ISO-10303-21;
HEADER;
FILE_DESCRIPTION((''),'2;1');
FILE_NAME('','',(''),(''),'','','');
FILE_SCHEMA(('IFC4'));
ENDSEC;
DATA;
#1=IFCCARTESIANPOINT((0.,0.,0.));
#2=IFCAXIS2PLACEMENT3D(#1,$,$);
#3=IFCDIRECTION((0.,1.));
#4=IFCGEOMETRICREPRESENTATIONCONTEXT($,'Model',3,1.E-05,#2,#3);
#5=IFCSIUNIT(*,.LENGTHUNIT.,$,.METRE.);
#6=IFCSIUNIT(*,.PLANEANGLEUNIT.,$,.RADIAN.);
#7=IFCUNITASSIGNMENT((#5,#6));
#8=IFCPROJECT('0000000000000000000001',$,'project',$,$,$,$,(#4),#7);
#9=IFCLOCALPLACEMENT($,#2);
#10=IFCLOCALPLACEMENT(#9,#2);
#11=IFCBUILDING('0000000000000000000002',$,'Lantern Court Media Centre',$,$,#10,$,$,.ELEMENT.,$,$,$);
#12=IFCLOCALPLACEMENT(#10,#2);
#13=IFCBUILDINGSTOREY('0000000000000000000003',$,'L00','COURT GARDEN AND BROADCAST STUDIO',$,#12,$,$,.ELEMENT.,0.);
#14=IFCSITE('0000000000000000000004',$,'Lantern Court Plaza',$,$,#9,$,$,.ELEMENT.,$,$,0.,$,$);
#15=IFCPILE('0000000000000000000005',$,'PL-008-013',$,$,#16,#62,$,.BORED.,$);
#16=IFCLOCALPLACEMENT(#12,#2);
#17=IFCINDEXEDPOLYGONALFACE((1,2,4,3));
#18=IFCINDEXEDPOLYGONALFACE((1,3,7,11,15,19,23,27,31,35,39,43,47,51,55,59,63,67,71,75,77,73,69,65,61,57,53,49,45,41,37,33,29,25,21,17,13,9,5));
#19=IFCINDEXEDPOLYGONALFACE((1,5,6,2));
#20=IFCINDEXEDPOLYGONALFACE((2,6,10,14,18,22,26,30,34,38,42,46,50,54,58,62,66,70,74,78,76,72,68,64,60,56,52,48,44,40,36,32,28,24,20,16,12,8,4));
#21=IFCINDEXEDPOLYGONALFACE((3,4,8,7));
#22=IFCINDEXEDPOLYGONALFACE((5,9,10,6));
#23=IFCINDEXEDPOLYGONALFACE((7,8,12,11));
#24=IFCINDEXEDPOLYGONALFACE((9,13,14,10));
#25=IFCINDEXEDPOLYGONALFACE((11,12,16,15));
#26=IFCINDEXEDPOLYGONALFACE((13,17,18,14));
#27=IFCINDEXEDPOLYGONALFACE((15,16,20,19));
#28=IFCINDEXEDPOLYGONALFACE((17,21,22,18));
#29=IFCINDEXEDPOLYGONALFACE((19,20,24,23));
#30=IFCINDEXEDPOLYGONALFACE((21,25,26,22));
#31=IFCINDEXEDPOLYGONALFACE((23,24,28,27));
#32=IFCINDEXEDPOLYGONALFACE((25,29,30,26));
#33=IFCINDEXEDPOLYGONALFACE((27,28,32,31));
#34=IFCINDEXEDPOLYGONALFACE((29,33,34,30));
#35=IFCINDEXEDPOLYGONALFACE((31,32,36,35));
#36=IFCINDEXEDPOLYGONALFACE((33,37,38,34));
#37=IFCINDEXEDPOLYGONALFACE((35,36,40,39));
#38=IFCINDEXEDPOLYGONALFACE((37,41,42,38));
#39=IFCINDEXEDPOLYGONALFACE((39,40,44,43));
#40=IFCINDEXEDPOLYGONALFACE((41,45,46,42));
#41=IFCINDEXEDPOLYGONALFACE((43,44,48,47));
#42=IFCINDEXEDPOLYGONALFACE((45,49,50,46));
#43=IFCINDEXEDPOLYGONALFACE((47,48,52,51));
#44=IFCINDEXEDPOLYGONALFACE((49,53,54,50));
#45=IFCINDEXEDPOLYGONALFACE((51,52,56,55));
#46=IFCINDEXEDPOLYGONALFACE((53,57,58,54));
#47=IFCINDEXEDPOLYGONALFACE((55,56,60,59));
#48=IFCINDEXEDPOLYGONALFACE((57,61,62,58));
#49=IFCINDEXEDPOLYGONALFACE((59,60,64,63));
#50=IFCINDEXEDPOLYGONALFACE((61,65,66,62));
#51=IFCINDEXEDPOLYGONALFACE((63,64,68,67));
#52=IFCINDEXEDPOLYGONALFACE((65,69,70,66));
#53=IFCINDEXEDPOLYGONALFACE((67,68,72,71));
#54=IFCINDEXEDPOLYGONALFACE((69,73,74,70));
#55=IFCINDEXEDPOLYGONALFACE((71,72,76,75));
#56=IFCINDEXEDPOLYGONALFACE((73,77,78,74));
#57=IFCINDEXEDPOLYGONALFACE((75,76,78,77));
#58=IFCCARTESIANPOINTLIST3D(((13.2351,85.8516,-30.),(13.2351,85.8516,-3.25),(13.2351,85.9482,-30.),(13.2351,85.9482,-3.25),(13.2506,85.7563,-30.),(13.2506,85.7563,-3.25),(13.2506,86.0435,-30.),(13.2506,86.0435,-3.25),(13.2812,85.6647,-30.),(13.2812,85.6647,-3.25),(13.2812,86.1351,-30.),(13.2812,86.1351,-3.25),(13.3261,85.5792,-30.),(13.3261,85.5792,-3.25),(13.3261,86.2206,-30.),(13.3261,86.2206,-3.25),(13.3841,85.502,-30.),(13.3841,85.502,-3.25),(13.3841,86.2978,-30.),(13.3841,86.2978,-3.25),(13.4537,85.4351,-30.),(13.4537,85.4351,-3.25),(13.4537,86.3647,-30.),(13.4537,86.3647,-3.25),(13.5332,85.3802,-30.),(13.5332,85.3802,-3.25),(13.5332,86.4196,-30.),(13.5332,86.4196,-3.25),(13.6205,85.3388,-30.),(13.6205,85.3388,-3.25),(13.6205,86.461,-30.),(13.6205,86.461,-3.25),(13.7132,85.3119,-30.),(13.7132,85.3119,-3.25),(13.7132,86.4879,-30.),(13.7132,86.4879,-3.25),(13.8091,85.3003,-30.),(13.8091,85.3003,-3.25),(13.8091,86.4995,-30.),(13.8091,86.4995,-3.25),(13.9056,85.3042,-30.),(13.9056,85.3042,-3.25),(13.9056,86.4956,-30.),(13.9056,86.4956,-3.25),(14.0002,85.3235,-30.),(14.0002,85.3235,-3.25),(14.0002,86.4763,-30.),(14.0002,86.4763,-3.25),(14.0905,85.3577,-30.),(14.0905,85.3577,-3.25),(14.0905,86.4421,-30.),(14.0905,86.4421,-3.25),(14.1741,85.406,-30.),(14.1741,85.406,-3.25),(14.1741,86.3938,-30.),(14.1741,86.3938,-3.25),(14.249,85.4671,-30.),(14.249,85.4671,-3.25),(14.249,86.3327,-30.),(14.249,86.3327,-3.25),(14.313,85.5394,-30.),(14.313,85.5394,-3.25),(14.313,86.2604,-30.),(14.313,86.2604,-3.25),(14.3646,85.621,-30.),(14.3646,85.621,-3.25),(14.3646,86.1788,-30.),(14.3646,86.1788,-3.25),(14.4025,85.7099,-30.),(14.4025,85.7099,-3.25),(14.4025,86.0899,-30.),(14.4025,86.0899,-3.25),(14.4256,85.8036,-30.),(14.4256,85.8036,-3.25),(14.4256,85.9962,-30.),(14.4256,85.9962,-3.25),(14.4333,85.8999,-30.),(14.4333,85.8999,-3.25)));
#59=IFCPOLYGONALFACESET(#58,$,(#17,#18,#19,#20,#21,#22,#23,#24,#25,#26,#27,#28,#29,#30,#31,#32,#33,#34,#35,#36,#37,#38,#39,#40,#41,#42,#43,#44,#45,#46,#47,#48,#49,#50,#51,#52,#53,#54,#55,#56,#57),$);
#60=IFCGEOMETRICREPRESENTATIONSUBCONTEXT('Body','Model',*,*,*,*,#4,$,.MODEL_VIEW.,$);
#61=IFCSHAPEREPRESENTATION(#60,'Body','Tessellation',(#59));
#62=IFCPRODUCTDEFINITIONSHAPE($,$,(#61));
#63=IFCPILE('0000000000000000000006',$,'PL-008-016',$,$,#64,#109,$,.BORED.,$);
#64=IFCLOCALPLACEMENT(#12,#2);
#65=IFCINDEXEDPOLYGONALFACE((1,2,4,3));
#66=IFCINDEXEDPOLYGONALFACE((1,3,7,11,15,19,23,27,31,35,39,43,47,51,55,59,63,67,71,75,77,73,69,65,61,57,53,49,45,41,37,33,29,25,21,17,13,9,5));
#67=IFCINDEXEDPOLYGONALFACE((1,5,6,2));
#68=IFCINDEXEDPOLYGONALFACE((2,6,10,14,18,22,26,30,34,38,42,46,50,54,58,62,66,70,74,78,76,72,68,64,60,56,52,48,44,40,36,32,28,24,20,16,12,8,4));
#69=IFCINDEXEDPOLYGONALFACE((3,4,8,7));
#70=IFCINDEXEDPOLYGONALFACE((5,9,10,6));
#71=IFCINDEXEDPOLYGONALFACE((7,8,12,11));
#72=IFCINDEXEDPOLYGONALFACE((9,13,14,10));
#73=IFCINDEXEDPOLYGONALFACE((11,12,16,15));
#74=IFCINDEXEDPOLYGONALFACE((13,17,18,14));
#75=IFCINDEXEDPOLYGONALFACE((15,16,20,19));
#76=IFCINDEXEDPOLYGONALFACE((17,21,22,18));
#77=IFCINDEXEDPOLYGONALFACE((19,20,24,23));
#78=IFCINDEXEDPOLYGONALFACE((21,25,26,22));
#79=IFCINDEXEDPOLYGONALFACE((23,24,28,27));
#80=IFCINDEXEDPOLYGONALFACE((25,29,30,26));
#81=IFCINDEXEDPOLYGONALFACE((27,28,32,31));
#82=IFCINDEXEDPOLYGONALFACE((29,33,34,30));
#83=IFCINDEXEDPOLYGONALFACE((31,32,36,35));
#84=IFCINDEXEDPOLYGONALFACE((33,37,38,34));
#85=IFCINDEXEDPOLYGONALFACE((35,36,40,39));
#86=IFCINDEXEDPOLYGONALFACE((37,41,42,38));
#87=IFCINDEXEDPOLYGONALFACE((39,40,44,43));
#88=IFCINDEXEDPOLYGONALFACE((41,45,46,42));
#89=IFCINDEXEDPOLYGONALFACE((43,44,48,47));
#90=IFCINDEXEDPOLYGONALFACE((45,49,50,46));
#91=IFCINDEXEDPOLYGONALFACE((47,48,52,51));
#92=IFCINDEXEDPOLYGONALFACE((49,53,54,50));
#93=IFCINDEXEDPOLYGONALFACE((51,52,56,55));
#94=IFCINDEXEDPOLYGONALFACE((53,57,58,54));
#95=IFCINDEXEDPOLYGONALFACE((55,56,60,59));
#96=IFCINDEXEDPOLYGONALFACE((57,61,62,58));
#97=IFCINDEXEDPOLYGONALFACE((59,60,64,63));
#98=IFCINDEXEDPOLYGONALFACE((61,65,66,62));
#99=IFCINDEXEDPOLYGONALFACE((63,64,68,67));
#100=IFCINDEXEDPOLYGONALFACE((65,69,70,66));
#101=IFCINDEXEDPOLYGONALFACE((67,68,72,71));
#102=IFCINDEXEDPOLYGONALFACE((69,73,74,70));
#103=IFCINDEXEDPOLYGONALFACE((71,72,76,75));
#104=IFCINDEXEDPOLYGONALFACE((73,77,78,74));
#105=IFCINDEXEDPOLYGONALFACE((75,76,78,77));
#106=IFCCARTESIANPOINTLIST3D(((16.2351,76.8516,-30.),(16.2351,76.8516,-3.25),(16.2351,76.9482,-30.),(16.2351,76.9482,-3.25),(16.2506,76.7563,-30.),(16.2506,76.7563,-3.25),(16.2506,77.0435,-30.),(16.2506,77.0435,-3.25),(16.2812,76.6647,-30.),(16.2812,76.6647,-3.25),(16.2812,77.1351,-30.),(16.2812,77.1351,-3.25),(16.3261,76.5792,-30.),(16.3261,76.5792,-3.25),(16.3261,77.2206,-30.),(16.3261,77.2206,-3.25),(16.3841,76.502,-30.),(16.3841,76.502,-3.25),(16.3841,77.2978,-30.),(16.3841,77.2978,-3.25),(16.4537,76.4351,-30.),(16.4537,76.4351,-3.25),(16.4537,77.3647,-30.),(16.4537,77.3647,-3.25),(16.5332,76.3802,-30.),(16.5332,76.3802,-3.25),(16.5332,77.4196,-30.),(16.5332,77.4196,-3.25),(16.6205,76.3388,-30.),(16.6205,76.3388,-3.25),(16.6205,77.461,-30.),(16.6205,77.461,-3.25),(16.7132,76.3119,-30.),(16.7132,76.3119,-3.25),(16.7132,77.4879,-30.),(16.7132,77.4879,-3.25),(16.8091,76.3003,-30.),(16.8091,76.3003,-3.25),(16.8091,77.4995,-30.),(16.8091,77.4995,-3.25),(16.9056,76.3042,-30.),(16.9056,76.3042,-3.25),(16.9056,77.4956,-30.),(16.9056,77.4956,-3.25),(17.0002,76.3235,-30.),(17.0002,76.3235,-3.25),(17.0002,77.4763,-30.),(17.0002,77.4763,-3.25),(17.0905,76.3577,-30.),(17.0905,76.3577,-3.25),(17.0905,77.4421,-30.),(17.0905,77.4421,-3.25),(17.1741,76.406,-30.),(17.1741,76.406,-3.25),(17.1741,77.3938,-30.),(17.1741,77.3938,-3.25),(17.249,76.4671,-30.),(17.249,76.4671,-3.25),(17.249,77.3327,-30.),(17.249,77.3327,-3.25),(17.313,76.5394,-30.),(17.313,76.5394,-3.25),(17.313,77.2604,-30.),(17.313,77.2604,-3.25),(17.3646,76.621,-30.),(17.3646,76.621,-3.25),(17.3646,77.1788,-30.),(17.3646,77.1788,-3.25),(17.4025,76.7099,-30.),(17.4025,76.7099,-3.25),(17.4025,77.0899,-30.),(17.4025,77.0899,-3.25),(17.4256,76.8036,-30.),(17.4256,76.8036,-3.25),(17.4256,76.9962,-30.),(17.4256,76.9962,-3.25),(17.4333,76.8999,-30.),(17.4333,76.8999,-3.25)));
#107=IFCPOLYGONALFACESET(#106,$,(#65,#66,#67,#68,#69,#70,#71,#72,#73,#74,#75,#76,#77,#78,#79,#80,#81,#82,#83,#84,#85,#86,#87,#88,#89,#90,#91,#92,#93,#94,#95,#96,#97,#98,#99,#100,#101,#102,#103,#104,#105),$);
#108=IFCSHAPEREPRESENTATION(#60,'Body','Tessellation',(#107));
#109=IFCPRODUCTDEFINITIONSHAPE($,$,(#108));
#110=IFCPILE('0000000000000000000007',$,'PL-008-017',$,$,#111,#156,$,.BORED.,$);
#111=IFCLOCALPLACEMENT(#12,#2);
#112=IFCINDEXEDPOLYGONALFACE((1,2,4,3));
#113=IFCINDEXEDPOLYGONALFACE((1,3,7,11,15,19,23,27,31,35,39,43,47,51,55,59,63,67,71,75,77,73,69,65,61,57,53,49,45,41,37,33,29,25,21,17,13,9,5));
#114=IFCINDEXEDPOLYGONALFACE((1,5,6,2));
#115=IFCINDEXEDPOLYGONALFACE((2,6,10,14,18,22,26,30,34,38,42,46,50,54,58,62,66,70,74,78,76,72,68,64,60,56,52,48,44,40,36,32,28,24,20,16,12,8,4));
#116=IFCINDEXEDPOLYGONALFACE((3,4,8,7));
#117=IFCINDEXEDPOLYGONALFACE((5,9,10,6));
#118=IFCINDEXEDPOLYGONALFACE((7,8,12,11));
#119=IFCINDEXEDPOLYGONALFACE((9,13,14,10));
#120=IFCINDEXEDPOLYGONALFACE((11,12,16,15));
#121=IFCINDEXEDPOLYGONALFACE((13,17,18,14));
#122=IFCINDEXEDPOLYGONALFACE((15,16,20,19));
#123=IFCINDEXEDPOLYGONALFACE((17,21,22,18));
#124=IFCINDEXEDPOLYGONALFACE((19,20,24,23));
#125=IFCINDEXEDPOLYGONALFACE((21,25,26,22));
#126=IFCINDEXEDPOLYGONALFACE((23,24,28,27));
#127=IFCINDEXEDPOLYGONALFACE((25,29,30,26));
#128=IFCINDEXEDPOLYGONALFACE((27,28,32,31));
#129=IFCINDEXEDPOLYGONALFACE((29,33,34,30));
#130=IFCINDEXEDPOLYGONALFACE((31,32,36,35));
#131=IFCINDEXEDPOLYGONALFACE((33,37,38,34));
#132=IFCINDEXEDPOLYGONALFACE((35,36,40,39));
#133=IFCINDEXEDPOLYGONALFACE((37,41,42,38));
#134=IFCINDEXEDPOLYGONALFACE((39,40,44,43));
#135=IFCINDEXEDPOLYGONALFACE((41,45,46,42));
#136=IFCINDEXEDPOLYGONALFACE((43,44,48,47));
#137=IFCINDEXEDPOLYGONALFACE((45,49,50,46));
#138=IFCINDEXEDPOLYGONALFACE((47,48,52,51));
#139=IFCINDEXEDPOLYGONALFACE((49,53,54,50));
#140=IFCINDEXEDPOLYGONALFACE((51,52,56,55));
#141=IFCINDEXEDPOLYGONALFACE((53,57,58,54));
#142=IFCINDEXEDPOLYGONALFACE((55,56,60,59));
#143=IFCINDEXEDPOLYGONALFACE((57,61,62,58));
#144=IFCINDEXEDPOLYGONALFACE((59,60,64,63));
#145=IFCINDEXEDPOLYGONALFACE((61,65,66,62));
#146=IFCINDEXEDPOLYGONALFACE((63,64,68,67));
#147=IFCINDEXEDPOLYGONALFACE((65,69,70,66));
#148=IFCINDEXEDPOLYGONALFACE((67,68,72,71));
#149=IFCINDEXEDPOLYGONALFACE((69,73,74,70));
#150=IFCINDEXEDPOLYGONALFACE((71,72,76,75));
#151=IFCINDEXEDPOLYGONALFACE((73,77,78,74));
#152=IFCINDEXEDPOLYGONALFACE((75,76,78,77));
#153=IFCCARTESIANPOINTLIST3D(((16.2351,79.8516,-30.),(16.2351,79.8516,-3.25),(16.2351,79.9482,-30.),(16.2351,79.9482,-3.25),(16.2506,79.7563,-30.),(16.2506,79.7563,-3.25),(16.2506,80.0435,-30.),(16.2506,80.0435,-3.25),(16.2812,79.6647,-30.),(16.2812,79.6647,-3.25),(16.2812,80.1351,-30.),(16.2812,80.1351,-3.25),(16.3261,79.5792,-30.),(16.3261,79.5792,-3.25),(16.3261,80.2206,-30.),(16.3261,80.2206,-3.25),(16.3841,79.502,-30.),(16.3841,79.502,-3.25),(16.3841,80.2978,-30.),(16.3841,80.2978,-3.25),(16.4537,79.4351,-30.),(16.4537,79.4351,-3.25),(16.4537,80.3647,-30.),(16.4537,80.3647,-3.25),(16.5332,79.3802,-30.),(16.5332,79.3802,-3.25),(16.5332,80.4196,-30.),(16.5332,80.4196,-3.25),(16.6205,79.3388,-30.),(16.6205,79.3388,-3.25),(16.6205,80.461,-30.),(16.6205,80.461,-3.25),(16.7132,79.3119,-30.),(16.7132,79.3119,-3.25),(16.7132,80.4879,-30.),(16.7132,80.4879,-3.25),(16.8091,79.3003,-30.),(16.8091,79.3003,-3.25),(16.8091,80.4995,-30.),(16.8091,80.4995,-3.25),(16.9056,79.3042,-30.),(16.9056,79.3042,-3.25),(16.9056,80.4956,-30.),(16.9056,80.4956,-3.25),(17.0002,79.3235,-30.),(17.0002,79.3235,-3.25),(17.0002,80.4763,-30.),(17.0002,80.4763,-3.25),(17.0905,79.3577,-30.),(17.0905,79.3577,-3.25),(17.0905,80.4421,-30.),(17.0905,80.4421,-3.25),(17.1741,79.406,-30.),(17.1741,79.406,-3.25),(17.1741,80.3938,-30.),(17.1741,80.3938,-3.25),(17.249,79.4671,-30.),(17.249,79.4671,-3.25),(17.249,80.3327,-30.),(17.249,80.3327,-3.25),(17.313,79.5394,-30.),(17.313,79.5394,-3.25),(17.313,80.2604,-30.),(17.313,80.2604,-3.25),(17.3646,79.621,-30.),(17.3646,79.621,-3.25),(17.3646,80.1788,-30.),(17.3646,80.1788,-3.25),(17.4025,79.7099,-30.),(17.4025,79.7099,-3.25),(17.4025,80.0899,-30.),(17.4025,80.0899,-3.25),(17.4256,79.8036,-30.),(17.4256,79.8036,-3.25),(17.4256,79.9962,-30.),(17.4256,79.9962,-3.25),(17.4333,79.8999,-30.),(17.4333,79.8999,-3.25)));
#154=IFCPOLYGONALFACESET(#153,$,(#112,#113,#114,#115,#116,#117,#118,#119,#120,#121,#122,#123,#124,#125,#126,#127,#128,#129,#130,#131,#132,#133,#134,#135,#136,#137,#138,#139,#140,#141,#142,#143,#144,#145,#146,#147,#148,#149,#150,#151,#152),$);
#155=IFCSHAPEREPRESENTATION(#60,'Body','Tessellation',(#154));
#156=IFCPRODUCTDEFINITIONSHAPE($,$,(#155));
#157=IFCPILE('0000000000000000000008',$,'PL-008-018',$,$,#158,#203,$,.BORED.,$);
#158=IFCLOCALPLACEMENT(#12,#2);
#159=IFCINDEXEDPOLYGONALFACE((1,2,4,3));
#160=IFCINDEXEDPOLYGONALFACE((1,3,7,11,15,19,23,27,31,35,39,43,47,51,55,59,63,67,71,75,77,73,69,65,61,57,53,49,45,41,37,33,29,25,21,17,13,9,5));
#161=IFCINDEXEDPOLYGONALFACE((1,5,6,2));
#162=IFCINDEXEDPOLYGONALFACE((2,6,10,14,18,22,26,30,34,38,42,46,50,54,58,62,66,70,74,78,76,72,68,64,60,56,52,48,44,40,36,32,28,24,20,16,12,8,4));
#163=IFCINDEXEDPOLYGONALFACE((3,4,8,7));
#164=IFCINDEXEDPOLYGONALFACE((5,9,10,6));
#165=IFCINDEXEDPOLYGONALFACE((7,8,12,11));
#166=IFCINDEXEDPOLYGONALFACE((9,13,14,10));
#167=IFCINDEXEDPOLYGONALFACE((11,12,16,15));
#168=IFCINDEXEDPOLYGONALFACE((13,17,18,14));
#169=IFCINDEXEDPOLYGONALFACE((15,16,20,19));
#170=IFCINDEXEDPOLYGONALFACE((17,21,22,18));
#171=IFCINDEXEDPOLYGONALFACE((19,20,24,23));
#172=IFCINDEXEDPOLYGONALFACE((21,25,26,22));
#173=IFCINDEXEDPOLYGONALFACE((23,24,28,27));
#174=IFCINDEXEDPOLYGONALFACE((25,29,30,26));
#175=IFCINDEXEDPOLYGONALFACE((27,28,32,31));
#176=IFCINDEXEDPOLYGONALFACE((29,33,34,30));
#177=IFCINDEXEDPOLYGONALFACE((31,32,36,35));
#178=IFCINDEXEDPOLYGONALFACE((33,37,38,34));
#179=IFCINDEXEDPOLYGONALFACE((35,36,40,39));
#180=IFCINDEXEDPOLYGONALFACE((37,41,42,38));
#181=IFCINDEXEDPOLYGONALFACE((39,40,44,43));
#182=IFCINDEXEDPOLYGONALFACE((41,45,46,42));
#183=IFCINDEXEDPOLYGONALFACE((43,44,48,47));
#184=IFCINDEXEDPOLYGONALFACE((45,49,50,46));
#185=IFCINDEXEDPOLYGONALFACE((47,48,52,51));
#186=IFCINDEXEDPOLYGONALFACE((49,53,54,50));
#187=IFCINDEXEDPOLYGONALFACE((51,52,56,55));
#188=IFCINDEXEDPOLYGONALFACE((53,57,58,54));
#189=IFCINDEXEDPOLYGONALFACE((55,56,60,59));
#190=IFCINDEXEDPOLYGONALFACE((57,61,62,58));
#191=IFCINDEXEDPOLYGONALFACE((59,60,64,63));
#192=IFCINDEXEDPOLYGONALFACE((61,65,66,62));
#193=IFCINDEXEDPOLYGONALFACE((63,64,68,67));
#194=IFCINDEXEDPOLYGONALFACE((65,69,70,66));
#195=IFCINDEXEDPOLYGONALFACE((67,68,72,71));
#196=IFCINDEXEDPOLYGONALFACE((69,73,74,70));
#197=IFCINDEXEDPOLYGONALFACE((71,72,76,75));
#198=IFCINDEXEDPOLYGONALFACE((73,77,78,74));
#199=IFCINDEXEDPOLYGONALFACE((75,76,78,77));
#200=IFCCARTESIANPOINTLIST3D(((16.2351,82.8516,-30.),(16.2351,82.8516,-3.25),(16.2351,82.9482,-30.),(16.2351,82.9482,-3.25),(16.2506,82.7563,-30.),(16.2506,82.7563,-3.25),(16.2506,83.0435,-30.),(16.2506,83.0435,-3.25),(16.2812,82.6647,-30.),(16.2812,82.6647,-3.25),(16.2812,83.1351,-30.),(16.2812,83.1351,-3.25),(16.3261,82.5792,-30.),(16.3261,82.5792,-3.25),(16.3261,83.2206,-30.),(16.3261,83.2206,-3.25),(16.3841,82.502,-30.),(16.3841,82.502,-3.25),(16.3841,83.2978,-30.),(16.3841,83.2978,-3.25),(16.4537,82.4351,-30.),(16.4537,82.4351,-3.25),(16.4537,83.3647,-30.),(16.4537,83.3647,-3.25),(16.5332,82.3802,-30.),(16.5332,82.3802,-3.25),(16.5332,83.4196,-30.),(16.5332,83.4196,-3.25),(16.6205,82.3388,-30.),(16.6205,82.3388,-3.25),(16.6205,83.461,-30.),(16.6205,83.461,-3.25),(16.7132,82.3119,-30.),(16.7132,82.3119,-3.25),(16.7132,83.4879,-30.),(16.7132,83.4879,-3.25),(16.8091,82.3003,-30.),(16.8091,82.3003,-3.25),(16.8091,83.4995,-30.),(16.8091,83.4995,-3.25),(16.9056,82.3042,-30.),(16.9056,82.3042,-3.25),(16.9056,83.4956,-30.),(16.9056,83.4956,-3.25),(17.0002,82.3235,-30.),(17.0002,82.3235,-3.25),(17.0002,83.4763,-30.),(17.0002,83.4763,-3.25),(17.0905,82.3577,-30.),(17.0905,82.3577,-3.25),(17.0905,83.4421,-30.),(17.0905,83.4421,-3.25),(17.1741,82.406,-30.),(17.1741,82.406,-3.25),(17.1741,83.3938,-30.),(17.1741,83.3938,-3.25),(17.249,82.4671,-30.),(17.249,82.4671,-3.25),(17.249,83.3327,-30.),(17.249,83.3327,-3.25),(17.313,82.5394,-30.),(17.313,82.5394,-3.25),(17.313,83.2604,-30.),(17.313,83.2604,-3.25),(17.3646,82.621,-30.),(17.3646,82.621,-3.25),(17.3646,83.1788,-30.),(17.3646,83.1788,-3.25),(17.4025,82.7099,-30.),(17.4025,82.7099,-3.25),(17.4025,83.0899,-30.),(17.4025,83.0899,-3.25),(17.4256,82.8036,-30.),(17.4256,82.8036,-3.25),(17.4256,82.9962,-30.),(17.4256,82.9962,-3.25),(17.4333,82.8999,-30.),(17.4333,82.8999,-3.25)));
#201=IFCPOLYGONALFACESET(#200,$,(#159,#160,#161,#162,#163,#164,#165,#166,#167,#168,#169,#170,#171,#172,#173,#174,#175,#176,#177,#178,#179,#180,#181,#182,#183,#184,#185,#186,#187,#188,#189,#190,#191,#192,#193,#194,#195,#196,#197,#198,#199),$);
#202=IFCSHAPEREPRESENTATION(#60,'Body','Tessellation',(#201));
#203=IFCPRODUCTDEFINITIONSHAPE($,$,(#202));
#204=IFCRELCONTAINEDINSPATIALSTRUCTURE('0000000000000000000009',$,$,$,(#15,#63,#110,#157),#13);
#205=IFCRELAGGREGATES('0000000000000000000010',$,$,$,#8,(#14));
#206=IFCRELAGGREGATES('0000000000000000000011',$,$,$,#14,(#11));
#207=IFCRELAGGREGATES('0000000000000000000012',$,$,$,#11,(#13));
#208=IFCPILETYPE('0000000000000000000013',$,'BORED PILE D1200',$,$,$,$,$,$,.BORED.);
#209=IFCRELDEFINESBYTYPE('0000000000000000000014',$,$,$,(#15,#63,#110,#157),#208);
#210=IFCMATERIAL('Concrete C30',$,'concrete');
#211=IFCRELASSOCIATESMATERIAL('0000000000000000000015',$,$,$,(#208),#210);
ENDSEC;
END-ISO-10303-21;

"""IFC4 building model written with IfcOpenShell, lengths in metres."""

from ifc_helpers import new_model, si_unit, direction, frame, origin, origin_2d, place, context, subcontext, project, spatial, circle, extrude, material, material_profile, profile_set, type_object, element, save


model = new_model("IFC4")

# Units and contexts
model_context = context("Model", 3, precision=1e-05, world=origin(), true_north=direction((0.0, 1.0)))
body_context = subcontext(model_context, "Body", "Model", "MODEL_VIEW")
ifc_project = project(units=[si_unit("LENGTHUNIT", "METRE"), si_unit("PLANEANGLEUNIT", "RADIAN")], contexts=[model_context])

# Site, building, storey
site_placement = place(None, origin())
site = spatial("IfcSite", under=ifc_project, at=site_placement, Name="Lantern Court Plaza", CompositionType="ELEMENT", RefElevation=0.0)
building_placement = place(site_placement, origin())
building = spatial("IfcBuilding", under=site, at=building_placement, Name="Lantern Court Media Centre", CompositionType="ELEMENT")
storey_placement = place(building_placement, origin())
storey = spatial("IfcBuildingStorey", under=building, at=storey_placement, Name="L00", Description="COURT GARDEN AND BROADCAST STUDIO", CompositionType="ELEMENT", Elevation=0.0)

# Piles
ifc_material_1 = material(Name="Concrete C30", Category="concrete")
ifc_material_profile_1 = material_profile(ifc_material_1, circle(Radius=0.6001, at=origin_2d()), Name="D1200")
ifc_profile_set_1 = profile_set([ifc_material_profile_1], Name="Concrete C30")
pile_type = type_object("IfcPileType", Name="BORED PILE D1200", PredefinedType="BORED", material=ifc_profile_set_1)
for number, where, z_axis, x_axis, name in (
    (1, (13.8333, 85.8999, -3.25), (0.0, 0.0, -1.0), (1.0, 0.0, 0.0), "PL-008-013"),
    (2, (16.8333, 76.8999, -3.25), (0.0, 0.0, -1.0), (1.0, 0.0, 0.0), "PL-008-016"),
    (3, (16.8333, 79.8999, -3.25), (0.0, 0.0, -1.0), (1.0, 0.0, 0.0), "PL-008-017"),
    (4, (16.8333, 82.8999, -3.25), (0.0, 0.0, -1.0), (1.0, 0.0, 0.0), "PL-008-018"),
):
    element("IfcPile", number, at=place(storey_placement, frame(where, z_axis=z_axis, x_axis=x_axis)), inside=storey, type_object=pile_type, Name=name, PredefinedType="BORED", context=body_context, shape_type="SweptSolid", body=[
        extrude(circle(Radius=0.6001, at=origin_2d()), origin(), (0.0, 0.0, 1.0), 26.75),
    ])

save(model, "model.ifc")
